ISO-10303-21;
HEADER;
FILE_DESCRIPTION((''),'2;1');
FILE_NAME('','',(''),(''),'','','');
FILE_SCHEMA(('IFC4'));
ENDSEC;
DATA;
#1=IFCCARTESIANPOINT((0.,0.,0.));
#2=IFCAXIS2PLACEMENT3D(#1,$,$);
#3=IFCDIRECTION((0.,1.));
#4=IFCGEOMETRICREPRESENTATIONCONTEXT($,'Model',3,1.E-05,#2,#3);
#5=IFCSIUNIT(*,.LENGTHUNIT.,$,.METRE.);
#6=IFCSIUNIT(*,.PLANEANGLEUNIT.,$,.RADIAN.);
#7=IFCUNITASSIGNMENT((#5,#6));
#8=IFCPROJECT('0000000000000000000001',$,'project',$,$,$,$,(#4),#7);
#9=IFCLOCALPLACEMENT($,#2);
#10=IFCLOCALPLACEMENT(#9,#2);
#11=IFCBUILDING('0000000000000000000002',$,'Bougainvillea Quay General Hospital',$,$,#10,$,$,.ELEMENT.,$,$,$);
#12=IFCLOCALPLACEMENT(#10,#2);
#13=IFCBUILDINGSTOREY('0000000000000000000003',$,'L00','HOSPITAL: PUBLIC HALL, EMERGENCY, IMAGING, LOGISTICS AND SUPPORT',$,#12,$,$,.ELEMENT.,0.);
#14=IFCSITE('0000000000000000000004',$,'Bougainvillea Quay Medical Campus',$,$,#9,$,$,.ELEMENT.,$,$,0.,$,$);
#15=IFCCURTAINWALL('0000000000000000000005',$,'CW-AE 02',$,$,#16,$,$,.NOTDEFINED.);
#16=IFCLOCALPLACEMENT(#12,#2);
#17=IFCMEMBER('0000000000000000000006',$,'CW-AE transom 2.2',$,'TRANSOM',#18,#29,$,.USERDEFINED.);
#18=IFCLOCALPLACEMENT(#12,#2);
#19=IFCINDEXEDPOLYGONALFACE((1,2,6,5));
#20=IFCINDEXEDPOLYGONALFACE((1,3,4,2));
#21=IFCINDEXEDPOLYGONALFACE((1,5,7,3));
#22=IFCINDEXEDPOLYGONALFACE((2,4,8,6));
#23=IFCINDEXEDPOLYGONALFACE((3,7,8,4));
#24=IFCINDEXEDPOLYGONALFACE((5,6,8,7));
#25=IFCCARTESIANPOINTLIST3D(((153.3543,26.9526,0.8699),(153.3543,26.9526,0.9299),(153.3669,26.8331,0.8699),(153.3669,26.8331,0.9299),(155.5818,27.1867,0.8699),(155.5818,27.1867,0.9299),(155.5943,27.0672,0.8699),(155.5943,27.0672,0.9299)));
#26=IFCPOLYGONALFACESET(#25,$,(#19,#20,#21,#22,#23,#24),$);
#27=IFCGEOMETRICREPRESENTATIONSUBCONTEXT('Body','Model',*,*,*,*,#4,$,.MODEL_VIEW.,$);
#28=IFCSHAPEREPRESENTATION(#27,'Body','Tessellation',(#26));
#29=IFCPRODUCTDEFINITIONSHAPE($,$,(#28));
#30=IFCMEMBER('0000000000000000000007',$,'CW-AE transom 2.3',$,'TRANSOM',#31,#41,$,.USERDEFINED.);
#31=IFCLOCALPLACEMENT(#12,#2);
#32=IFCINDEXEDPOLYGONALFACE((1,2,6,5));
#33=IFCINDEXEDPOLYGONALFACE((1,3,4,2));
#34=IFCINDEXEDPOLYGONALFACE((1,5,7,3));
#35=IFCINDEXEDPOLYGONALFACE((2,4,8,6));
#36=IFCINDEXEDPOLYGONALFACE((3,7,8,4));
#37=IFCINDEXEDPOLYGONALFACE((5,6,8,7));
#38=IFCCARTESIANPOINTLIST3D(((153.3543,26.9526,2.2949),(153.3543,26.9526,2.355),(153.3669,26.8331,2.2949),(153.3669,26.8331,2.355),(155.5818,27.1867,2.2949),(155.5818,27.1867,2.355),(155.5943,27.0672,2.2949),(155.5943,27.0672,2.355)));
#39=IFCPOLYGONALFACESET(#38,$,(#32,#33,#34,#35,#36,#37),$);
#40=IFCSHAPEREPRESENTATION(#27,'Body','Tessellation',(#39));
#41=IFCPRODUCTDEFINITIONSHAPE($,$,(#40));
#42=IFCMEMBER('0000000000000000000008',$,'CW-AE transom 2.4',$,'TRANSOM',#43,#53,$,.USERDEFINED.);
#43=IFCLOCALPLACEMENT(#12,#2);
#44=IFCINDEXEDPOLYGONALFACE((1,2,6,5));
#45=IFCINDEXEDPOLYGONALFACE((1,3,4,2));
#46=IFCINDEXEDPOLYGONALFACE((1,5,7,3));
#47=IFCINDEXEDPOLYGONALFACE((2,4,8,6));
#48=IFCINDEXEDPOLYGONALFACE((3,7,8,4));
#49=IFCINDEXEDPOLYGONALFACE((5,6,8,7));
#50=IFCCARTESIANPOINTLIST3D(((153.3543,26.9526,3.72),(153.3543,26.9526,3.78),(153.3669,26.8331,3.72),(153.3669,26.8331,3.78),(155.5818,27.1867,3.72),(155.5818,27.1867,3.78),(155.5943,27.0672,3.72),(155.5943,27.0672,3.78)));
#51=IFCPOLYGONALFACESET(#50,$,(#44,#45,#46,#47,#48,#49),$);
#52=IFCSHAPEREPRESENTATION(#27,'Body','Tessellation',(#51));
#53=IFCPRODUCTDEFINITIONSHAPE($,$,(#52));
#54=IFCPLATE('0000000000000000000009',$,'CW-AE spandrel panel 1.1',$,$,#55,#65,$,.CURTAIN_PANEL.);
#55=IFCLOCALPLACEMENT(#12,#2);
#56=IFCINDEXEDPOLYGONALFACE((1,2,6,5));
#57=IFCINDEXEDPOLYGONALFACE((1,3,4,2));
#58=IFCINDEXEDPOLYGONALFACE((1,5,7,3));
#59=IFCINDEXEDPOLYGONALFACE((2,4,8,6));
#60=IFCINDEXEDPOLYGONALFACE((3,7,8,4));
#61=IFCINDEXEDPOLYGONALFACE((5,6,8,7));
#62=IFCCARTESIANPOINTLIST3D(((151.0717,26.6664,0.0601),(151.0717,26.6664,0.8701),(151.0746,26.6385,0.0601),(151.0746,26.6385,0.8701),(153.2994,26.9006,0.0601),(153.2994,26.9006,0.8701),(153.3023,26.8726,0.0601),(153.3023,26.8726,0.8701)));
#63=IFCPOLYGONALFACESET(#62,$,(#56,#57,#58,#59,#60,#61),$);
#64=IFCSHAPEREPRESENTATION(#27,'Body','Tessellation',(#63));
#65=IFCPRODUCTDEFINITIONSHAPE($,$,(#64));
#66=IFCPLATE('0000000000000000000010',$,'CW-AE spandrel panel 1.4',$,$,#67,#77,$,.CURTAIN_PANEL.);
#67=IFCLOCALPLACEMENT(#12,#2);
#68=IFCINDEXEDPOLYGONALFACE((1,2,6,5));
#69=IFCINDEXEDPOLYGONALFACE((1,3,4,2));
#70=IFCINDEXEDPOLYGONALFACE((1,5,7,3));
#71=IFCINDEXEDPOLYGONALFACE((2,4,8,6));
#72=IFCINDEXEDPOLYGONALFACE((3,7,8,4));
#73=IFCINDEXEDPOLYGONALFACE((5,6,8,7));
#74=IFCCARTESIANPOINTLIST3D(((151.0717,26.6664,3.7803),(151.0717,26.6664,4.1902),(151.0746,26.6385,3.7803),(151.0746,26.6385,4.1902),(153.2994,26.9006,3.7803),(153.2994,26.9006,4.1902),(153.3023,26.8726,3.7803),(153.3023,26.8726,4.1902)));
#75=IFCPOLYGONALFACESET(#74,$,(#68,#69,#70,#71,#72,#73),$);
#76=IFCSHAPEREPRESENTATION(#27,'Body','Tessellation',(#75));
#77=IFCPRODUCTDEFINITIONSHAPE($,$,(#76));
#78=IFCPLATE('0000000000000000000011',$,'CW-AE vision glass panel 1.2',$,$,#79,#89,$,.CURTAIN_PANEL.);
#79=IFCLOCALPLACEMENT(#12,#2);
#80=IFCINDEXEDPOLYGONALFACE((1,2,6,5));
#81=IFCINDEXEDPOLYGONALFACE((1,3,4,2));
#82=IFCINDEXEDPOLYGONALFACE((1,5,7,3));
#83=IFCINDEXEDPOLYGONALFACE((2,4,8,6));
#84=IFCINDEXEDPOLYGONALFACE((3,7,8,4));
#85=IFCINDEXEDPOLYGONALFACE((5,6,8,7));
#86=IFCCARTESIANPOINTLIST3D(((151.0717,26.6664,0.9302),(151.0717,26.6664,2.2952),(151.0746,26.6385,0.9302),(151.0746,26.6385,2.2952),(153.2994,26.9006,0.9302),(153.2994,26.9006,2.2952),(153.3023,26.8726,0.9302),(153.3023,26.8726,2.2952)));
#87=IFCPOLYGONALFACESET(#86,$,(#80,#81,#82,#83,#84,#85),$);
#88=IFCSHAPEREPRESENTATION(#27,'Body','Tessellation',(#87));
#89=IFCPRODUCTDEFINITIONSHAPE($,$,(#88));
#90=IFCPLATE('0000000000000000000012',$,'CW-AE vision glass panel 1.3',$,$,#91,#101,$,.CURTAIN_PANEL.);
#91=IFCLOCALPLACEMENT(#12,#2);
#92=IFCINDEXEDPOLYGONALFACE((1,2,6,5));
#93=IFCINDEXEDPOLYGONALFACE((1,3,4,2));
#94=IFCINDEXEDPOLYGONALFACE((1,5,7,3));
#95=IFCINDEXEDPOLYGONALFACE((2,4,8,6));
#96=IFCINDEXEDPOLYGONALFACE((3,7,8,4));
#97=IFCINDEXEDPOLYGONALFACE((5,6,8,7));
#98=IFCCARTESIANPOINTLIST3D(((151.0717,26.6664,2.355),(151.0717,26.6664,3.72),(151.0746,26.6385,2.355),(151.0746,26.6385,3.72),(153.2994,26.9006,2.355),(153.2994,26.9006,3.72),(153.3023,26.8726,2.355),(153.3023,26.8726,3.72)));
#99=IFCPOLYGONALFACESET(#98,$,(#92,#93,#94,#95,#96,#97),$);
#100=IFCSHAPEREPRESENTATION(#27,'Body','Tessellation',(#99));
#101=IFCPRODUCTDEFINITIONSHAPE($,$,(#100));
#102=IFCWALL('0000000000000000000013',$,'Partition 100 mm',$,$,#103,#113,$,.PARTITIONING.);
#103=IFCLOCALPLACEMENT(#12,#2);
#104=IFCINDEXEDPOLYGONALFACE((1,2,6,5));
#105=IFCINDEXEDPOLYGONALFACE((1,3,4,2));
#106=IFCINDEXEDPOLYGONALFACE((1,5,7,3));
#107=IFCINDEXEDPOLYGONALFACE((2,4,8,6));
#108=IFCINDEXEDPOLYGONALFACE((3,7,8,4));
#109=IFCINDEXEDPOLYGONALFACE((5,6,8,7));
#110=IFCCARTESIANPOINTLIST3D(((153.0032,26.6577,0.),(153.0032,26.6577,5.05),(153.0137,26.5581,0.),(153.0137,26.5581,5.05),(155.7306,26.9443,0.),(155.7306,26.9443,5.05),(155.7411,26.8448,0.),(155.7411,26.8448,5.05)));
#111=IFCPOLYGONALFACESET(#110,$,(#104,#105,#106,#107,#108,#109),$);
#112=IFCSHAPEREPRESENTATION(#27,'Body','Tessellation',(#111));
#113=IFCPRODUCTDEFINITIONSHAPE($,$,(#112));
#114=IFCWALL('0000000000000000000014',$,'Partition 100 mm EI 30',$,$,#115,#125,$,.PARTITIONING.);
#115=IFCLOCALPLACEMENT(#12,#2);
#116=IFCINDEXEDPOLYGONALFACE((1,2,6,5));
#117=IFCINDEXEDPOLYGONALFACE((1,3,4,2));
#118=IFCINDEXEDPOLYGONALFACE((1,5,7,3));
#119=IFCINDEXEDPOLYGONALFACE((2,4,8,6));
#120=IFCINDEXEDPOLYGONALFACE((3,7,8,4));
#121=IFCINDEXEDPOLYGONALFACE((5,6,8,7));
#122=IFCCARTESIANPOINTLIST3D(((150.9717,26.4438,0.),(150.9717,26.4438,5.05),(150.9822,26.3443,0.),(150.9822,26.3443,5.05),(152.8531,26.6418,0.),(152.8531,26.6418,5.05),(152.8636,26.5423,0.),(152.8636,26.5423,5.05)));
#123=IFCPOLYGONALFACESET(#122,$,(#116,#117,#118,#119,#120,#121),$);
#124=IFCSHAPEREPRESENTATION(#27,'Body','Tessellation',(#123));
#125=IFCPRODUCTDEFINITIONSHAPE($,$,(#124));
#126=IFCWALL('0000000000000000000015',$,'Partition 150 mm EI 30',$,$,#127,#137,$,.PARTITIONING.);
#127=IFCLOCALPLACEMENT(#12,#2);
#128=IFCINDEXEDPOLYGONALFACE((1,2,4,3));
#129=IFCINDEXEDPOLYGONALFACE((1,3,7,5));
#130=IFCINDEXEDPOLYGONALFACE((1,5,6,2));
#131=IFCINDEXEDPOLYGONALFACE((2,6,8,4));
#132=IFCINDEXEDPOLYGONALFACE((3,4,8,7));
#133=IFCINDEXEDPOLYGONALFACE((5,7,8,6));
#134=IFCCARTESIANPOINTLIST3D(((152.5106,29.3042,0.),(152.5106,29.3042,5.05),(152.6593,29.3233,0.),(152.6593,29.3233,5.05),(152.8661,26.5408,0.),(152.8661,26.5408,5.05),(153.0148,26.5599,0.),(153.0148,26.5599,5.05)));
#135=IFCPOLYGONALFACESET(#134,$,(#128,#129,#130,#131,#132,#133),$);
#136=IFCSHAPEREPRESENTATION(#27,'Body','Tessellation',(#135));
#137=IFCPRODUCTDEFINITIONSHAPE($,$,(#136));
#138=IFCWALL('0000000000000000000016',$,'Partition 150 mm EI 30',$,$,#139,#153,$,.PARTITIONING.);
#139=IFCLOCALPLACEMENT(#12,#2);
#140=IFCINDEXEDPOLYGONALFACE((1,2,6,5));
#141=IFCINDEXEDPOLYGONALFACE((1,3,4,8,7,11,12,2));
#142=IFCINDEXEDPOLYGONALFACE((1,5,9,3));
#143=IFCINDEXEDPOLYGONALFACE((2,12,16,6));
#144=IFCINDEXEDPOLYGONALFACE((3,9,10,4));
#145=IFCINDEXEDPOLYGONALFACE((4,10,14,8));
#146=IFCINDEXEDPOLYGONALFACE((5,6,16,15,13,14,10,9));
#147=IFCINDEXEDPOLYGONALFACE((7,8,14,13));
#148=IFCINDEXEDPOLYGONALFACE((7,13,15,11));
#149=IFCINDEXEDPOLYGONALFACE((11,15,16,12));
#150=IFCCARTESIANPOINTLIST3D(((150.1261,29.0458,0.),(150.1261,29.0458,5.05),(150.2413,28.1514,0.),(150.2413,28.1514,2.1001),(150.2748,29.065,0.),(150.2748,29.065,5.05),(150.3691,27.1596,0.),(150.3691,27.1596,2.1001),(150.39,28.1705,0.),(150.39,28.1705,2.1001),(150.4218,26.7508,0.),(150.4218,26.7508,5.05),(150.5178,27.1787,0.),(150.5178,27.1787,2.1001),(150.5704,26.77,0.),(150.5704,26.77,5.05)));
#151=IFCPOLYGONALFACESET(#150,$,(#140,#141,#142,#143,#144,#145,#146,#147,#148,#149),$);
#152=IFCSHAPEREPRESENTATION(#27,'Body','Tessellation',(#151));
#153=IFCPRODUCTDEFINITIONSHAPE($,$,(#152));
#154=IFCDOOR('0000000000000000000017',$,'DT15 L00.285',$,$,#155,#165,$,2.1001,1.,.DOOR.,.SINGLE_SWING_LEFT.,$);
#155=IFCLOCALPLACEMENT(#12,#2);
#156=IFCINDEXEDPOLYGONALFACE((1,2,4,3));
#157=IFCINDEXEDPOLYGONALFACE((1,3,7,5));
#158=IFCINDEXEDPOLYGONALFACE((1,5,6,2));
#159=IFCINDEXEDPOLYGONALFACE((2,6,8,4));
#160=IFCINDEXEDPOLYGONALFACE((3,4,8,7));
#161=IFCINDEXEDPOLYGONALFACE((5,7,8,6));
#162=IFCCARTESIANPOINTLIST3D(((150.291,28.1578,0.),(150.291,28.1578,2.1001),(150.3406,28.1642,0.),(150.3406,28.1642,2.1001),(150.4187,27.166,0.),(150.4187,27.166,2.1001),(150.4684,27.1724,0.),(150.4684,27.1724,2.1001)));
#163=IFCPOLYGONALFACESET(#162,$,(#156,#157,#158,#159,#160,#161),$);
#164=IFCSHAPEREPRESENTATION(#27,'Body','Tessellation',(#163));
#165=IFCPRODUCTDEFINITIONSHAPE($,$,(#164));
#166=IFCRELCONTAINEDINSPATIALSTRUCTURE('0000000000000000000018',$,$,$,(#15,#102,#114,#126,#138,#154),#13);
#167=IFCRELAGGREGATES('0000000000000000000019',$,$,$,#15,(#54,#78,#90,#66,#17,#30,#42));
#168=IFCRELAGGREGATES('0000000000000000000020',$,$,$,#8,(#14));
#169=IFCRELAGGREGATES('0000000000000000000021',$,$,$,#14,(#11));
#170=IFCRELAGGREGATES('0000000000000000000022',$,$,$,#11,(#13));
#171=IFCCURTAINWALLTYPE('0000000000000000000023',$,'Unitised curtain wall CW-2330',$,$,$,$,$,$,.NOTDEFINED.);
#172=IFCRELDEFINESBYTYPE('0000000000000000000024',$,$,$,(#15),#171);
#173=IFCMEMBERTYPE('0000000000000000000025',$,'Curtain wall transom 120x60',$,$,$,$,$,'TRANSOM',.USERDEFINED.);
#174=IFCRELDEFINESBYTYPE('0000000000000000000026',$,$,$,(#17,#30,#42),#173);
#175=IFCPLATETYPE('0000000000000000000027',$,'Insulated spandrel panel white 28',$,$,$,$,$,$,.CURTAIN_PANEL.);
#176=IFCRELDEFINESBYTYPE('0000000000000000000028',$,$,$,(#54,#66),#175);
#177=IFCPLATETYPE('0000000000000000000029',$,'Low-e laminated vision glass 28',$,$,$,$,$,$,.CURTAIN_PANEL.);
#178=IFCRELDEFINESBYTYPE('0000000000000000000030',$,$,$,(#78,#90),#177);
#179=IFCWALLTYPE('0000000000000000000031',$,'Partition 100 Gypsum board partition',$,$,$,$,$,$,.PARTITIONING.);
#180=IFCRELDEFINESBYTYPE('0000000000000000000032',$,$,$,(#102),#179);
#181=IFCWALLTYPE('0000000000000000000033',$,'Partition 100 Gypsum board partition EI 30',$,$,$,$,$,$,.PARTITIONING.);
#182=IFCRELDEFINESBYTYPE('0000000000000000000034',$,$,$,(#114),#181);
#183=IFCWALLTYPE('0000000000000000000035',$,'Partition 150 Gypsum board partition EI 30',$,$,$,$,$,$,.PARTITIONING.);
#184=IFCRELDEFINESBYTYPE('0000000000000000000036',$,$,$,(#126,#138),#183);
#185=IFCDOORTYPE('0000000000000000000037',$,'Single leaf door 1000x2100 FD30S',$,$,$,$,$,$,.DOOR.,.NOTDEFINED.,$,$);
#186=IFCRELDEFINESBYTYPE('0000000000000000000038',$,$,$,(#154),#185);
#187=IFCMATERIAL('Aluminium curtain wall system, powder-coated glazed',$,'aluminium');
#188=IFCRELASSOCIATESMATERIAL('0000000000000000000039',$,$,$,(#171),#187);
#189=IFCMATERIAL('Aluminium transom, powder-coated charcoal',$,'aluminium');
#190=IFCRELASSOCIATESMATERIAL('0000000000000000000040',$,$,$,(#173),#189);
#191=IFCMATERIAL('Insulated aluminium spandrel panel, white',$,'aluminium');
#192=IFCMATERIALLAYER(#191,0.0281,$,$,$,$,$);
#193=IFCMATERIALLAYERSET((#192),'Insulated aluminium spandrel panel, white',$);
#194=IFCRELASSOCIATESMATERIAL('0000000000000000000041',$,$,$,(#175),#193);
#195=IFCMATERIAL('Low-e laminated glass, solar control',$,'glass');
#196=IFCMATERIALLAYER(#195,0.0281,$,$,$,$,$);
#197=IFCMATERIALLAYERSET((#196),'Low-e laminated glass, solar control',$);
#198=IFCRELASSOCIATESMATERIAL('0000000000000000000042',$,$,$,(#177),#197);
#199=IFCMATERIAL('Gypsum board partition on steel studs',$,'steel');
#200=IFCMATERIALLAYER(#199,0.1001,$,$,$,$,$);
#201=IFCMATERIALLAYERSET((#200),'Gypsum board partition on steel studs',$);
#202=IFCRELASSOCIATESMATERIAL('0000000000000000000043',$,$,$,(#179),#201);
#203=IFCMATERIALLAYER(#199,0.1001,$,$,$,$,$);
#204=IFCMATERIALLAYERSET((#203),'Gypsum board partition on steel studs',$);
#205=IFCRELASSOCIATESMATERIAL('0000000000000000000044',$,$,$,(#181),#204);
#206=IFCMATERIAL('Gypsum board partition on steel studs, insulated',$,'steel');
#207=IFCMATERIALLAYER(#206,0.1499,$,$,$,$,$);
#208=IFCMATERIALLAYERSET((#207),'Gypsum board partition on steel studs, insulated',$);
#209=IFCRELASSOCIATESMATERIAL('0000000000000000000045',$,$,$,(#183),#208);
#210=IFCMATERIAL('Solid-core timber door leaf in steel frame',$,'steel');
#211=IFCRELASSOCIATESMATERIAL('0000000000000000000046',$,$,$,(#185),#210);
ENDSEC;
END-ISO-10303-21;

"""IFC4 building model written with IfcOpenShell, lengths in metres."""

from ifc_helpers import new_model, si_unit, direction, frame, frame_2d, origin, origin_2d, place, context, subcontext, project, spatial, rectangle, extrude, material, layer, layer_set, material_profile, profile_set, type_object, element, fill, aggregate, save


model = new_model("IFC4")

# Units and contexts
model_context = context("Model", 3, precision=1e-05, world=origin(), true_north=direction((0.0, 1.0)))
body_context = subcontext(model_context, "Body", "Model", "MODEL_VIEW")
ifc_project = project(units=[si_unit("LENGTHUNIT", "METRE"), si_unit("PLANEANGLEUNIT", "RADIAN")], contexts=[model_context])

# Site, building, storey
site_placement = place(None, origin())
site = spatial("IfcSite", under=ifc_project, at=site_placement, Name="Bougainvillea Quay Medical Campus", CompositionType="ELEMENT", RefElevation=0.0)
building_placement = place(site_placement, origin())
building = spatial("IfcBuilding", under=site, at=building_placement, Name="Bougainvillea Quay General Hospital", CompositionType="ELEMENT")
storey_placement = place(building_placement, origin())
storey = spatial("IfcBuildingStorey", under=building, at=storey_placement, Name="L00", Description="HOSPITAL: PUBLIC HALL, EMERGENCY, IMAGING, LOGISTICS AND SUPPORT", CompositionType="ELEMENT", Elevation=0.0)

# Shared definitions
ifc_material_1 = material(Name="Aluminium curtain wall system, powder-coated glazed", Category="aluminium")
curtain_wall_type = type_object("IfcCurtainWallType", Name="Unitised curtain wall CW-2330", PredefinedType="NOTDEFINED", material=ifc_material_1)

# Curtain wall, members, plates
curtain_wall_1_placement = place(storey_placement, origin())
curtain_wall_1 = element("IfcCurtainWall", 1, at=curtain_wall_1_placement, inside=storey, type_object=curtain_wall_type, Name="CW-AE 02", PredefinedType="NOTDEFINED")
ifc_material_2 = material(Name="Aluminium transom, powder-coated charcoal", Category="aluminium")
ifc_material_profile_1 = material_profile(ifc_material_2, rectangle(XDim=0.1201, YDim=0.0601, at=origin_2d()))
ifc_profile_set_1 = profile_set([ifc_material_profile_1], Name="Aluminium transom, powder-coated charcoal")
member_type_1 = type_object("IfcMemberType", Name="Curtain wall transom 120x60", ElementType="TRANSOM", PredefinedType="USERDEFINED", material=ifc_profile_set_1)
member_1_placement = place(storey_placement, frame((153.3606, 26.8928, 0.8999), z_axis=(0.994522, 0.104532, 0.0), x_axis=(-0.104532, 0.994522, 0.0)))
member_1 = element("IfcMember", 2, at=member_1_placement, type_object=member_type_1, Name="CW-AE transom 2.2", ObjectType="TRANSOM", PredefinedType="USERDEFINED", context=body_context, shape_type="SweptSolid", body=[
    extrude(rectangle(XDim=0.1201, YDim=0.0601, at=origin_2d()), origin(), (0.0, 0.0, 1.0), 2.2397),
])
member_2_placement = place(storey_placement, frame((153.3606, 26.8928, 2.325), z_axis=(0.994522, 0.104532, 0.0), x_axis=(-0.104532, 0.994522, 0.0)))
member_2 = element("IfcMember", 3, at=member_2_placement, type_object=member_type_1, Name="CW-AE transom 2.3", ObjectType="TRANSOM", PredefinedType="USERDEFINED", context=body_context, shape_type="SweptSolid", body=[
    extrude(rectangle(XDim=0.1201, YDim=0.0601, at=origin_2d()), origin(), (0.0, 0.0, 1.0), 2.2397),
])
member_3_placement = place(storey_placement, frame((153.3606, 26.8928, 3.75), z_axis=(0.994522, 0.104532, 0.0), x_axis=(-0.104532, 0.994522, 0.0)))
member_3 = element("IfcMember", 4, at=member_3_placement, type_object=member_type_1, Name="CW-AE transom 2.4", ObjectType="TRANSOM", PredefinedType="USERDEFINED", context=body_context, shape_type="SweptSolid", body=[
    extrude(rectangle(XDim=0.1201, YDim=0.0601, at=origin_2d()), origin(), (0.0, 0.0, 1.0), 2.2397),
])
ifc_material_3 = material(Name="Insulated aluminium spandrel panel, white", Category="aluminium")
ifc_layer_1 = layer(ifc_material_3, 0.0281)
ifc_layer_set_1 = layer_set([ifc_layer_1], Name="Insulated aluminium spandrel panel, white")
plate_type_1 = type_object("IfcPlateType", Name="Insulated spandrel panel white 28", PredefinedType="CURTAIN_PANEL", material=ifc_layer_set_1)
plate_1_placement = place(storey_placement, frame((152.187, 26.7695, 0.0601), z_axis=(0.0, 0.0, 1.0), x_axis=(0.994522, 0.104527, 0.0)))
plate_1 = element("IfcPlate", 5, at=plate_1_placement, type_object=plate_type_1, Name="CW-AE spandrel panel 1.1", PredefinedType="CURTAIN_PANEL", context=body_context, shape_type="SweptSolid", body=[
    extrude(rectangle(XDim=2.24, YDim=0.0281, at=origin_2d()), origin(), (0.0, 0.0, 1.0), 0.8101),
])
plate_2_placement = place(storey_placement, frame((152.187, 26.7695, 3.7803), z_axis=(0.0, 0.0, 1.0), x_axis=(0.994522, 0.104527, 0.0)))
plate_2 = element("IfcPlate", 6, at=plate_2_placement, type_object=plate_type_1, Name="CW-AE spandrel panel 1.4", PredefinedType="CURTAIN_PANEL", context=body_context, shape_type="SweptSolid", body=[
    extrude(rectangle(XDim=2.24, YDim=0.0281, at=origin_2d()), origin(), (0.0, 0.0, 1.0), 0.4099),
])
ifc_material_4 = material(Name="Low-e laminated glass, solar control", Category="glass")
ifc_layer_2 = layer(ifc_material_4, 0.0281)
ifc_layer_set_2 = layer_set([ifc_layer_2], Name="Low-e laminated glass, solar control")
plate_type_2 = type_object("IfcPlateType", Name="Low-e laminated vision glass 28", PredefinedType="CURTAIN_PANEL", material=ifc_layer_set_2)
plate_3_placement = place(storey_placement, frame((152.187, 26.7695, 0.9302), z_axis=(0.0, 0.0, 1.0), x_axis=(0.994522, 0.104527, 0.0)))
plate_3 = element("IfcPlate", 7, at=plate_3_placement, type_object=plate_type_2, Name="CW-AE vision glass panel 1.2", PredefinedType="CURTAIN_PANEL", context=body_context, shape_type="SweptSolid", body=[
    extrude(rectangle(XDim=2.24, YDim=0.0281, at=origin_2d()), origin(), (0.0, 0.0, 1.0), 1.365),
])
plate_4_placement = place(storey_placement, frame((152.187, 26.7695, 2.355), z_axis=(0.0, 0.0, 1.0), x_axis=(0.994522, 0.104527, 0.0)))
plate_4 = element("IfcPlate", 8, at=plate_4_placement, type_object=plate_type_2, Name="CW-AE vision glass panel 1.3", PredefinedType="CURTAIN_PANEL", context=body_context, shape_type="SweptSolid", body=[
    extrude(rectangle(XDim=2.24, YDim=0.0281, at=origin_2d()), origin(), (0.0, 0.0, 1.0), 1.365),
])
aggregate(curtain_wall_1, [plate_1, plate_3, plate_4, plate_2, member_1, member_2, member_3])

# Walls
ifc_material_5 = material(Name="Gypsum board partition on steel studs", Category="steel")
ifc_layer_3 = layer(ifc_material_5, 0.1001)
ifc_layer_set_3 = layer_set([ifc_layer_3], Name="Gypsum board partition on steel studs")
wall_type_1 = type_object("IfcWallType", Name="Partition 100 Gypsum board partition", PredefinedType="PARTITIONING", material=ifc_layer_set_3)
wall_1_placement = place(storey_placement, frame((153.0085, 26.6079, 0.0), z_axis=(0.0, 0.0, 1.0), x_axis=(0.994523, 0.104518, 0.0)))
element("IfcWall", 9, at=wall_1_placement, inside=storey, type_object=wall_type_1, Name="Partition 100 mm", PredefinedType="PARTITIONING", context=body_context, shape_type="SweptSolid", body=[
    extrude(rectangle(XDim=2.7424, YDim=0.1001, at=frame_2d((1.3711, 0.0))), origin(), (0.0, 0.0, 1.0), 5.05),
])
ifc_layer_4 = layer(ifc_material_5, 0.1001)
ifc_layer_set_4 = layer_set([ifc_layer_4], Name="Gypsum board partition on steel studs")
wall_type_2 = type_object("IfcWallType", Name="Partition 100 Gypsum board partition EI 30", PredefinedType="PARTITIONING", material=ifc_layer_set_4)
wall_2_placement = place(storey_placement, frame((150.9771, 26.394, 0.0), z_axis=(0.0, 0.0, 1.0), x_axis=(0.994508, 0.104665, 0.0)))
element("IfcWall", 10, at=wall_2_placement, inside=storey, type_object=wall_type_2, Name="Partition 100 mm EI 30", PredefinedType="PARTITIONING", context=body_context, shape_type="SweptSolid", body=[
    extrude(rectangle(XDim=1.8918, YDim=0.1001, at=frame_2d((0.9458, 0.0))), origin(), (0.0, 0.0, 1.0), 5.05),
])
ifc_material_6 = material(Name="Gypsum board partition on steel studs, insulated", Category="steel")
ifc_layer_5 = layer(ifc_material_6, 0.1499)
ifc_layer_set_5 = layer_set([ifc_layer_5], Name="Gypsum board partition on steel studs, insulated")
wall_type_3 = type_object("IfcWallType", Name="Partition 150 Gypsum board partition EI 30", PredefinedType="PARTITIONING", material=ifc_layer_set_5)
wall_3_placement = place(storey_placement, frame((152.585, 29.3137, 0.0), z_axis=(0.0, 0.0, 1.0), x_axis=(0.127582, -0.991828, 0.0)))
element("IfcWall", 11, at=wall_3_placement, inside=storey, type_object=wall_type_3, Name="Partition 150 mm EI 30", PredefinedType="PARTITIONING", context=body_context, shape_type="SweptSolid", body=[
    extrude(rectangle(XDim=2.7861, YDim=0.1499, at=frame_2d((1.3931, 0.0))), origin(), (0.0, 0.0, 1.0), 5.05),
])

# Wall, opening, door
wall_4_placement = place(storey_placement, frame((150.2004, 29.0554, 0.0), z_axis=(0.0, 0.0, 1.0), x_axis=(0.127774, -0.991803, 0.0)))
wall_4 = element("IfcWall", 12, at=wall_4_placement, inside=storey, type_object=wall_type_3, Name="Partition 150 mm EI 30", PredefinedType="PARTITIONING", context=body_context, shape_type="SweptSolid", body=[
    extrude(rectangle(XDim=2.314, YDim=0.1499, at=frame_2d((1.157, 0.0))), origin(), (0.0, 0.0, 1.0), 5.05),
])
opening_placement = place(wall_4_placement, frame((0.9019, 0.0, 0.0)))
opening = element("IfcOpeningElement", 13, at=opening_placement, cuts=wall_4, PredefinedType="OPENING", context=body_context, shape_type="SweptSolid", body=[
    extrude(rectangle(XDim=1.0, YDim=2.1001, at=frame_2d((0.5, 1.05))), frame((0.0, 0.085, 0.0), z_axis=(0.0, -1.0, 0.0), x_axis=(1.0, 0.0, 0.0)), (0.0, 0.0, 1.0), 0.1699),
])
ifc_material_7 = material(Name="Solid-core timber door leaf in steel frame", Category="steel")
door_type = type_object("IfcDoorType", Name="Single leaf door 1000x2100 FD30S", OperationType="NOTDEFINED", PredefinedType="DOOR", material=ifc_material_7)
door_placement = place(opening_placement, frame((1.0, 0.0, 0.0), z_axis=(0.0, 0.0, 1.0), x_axis=(-1.0, 0.0, 0.0)))
door = element("IfcDoor", 14, at=door_placement, inside=storey, type_object=door_type, Name="DT15 L00.285", OperationType="SINGLE_SWING_LEFT", OverallHeight=2.1001, OverallWidth=1.0, PredefinedType="DOOR", context=body_context, shape_type="SweptSolid", body=[
    extrude(rectangle(XDim=1.0, YDim=2.1001, at=frame_2d((0.5, 1.05))), frame((0.0, 0.0249, 0.0), z_axis=(0.0, -1.0, 0.0), x_axis=(1.0, 0.0, 0.0)), (0.0, 0.0, 1.0), 0.05),
])
fill(opening, door)

save(model, "model.ifc")
